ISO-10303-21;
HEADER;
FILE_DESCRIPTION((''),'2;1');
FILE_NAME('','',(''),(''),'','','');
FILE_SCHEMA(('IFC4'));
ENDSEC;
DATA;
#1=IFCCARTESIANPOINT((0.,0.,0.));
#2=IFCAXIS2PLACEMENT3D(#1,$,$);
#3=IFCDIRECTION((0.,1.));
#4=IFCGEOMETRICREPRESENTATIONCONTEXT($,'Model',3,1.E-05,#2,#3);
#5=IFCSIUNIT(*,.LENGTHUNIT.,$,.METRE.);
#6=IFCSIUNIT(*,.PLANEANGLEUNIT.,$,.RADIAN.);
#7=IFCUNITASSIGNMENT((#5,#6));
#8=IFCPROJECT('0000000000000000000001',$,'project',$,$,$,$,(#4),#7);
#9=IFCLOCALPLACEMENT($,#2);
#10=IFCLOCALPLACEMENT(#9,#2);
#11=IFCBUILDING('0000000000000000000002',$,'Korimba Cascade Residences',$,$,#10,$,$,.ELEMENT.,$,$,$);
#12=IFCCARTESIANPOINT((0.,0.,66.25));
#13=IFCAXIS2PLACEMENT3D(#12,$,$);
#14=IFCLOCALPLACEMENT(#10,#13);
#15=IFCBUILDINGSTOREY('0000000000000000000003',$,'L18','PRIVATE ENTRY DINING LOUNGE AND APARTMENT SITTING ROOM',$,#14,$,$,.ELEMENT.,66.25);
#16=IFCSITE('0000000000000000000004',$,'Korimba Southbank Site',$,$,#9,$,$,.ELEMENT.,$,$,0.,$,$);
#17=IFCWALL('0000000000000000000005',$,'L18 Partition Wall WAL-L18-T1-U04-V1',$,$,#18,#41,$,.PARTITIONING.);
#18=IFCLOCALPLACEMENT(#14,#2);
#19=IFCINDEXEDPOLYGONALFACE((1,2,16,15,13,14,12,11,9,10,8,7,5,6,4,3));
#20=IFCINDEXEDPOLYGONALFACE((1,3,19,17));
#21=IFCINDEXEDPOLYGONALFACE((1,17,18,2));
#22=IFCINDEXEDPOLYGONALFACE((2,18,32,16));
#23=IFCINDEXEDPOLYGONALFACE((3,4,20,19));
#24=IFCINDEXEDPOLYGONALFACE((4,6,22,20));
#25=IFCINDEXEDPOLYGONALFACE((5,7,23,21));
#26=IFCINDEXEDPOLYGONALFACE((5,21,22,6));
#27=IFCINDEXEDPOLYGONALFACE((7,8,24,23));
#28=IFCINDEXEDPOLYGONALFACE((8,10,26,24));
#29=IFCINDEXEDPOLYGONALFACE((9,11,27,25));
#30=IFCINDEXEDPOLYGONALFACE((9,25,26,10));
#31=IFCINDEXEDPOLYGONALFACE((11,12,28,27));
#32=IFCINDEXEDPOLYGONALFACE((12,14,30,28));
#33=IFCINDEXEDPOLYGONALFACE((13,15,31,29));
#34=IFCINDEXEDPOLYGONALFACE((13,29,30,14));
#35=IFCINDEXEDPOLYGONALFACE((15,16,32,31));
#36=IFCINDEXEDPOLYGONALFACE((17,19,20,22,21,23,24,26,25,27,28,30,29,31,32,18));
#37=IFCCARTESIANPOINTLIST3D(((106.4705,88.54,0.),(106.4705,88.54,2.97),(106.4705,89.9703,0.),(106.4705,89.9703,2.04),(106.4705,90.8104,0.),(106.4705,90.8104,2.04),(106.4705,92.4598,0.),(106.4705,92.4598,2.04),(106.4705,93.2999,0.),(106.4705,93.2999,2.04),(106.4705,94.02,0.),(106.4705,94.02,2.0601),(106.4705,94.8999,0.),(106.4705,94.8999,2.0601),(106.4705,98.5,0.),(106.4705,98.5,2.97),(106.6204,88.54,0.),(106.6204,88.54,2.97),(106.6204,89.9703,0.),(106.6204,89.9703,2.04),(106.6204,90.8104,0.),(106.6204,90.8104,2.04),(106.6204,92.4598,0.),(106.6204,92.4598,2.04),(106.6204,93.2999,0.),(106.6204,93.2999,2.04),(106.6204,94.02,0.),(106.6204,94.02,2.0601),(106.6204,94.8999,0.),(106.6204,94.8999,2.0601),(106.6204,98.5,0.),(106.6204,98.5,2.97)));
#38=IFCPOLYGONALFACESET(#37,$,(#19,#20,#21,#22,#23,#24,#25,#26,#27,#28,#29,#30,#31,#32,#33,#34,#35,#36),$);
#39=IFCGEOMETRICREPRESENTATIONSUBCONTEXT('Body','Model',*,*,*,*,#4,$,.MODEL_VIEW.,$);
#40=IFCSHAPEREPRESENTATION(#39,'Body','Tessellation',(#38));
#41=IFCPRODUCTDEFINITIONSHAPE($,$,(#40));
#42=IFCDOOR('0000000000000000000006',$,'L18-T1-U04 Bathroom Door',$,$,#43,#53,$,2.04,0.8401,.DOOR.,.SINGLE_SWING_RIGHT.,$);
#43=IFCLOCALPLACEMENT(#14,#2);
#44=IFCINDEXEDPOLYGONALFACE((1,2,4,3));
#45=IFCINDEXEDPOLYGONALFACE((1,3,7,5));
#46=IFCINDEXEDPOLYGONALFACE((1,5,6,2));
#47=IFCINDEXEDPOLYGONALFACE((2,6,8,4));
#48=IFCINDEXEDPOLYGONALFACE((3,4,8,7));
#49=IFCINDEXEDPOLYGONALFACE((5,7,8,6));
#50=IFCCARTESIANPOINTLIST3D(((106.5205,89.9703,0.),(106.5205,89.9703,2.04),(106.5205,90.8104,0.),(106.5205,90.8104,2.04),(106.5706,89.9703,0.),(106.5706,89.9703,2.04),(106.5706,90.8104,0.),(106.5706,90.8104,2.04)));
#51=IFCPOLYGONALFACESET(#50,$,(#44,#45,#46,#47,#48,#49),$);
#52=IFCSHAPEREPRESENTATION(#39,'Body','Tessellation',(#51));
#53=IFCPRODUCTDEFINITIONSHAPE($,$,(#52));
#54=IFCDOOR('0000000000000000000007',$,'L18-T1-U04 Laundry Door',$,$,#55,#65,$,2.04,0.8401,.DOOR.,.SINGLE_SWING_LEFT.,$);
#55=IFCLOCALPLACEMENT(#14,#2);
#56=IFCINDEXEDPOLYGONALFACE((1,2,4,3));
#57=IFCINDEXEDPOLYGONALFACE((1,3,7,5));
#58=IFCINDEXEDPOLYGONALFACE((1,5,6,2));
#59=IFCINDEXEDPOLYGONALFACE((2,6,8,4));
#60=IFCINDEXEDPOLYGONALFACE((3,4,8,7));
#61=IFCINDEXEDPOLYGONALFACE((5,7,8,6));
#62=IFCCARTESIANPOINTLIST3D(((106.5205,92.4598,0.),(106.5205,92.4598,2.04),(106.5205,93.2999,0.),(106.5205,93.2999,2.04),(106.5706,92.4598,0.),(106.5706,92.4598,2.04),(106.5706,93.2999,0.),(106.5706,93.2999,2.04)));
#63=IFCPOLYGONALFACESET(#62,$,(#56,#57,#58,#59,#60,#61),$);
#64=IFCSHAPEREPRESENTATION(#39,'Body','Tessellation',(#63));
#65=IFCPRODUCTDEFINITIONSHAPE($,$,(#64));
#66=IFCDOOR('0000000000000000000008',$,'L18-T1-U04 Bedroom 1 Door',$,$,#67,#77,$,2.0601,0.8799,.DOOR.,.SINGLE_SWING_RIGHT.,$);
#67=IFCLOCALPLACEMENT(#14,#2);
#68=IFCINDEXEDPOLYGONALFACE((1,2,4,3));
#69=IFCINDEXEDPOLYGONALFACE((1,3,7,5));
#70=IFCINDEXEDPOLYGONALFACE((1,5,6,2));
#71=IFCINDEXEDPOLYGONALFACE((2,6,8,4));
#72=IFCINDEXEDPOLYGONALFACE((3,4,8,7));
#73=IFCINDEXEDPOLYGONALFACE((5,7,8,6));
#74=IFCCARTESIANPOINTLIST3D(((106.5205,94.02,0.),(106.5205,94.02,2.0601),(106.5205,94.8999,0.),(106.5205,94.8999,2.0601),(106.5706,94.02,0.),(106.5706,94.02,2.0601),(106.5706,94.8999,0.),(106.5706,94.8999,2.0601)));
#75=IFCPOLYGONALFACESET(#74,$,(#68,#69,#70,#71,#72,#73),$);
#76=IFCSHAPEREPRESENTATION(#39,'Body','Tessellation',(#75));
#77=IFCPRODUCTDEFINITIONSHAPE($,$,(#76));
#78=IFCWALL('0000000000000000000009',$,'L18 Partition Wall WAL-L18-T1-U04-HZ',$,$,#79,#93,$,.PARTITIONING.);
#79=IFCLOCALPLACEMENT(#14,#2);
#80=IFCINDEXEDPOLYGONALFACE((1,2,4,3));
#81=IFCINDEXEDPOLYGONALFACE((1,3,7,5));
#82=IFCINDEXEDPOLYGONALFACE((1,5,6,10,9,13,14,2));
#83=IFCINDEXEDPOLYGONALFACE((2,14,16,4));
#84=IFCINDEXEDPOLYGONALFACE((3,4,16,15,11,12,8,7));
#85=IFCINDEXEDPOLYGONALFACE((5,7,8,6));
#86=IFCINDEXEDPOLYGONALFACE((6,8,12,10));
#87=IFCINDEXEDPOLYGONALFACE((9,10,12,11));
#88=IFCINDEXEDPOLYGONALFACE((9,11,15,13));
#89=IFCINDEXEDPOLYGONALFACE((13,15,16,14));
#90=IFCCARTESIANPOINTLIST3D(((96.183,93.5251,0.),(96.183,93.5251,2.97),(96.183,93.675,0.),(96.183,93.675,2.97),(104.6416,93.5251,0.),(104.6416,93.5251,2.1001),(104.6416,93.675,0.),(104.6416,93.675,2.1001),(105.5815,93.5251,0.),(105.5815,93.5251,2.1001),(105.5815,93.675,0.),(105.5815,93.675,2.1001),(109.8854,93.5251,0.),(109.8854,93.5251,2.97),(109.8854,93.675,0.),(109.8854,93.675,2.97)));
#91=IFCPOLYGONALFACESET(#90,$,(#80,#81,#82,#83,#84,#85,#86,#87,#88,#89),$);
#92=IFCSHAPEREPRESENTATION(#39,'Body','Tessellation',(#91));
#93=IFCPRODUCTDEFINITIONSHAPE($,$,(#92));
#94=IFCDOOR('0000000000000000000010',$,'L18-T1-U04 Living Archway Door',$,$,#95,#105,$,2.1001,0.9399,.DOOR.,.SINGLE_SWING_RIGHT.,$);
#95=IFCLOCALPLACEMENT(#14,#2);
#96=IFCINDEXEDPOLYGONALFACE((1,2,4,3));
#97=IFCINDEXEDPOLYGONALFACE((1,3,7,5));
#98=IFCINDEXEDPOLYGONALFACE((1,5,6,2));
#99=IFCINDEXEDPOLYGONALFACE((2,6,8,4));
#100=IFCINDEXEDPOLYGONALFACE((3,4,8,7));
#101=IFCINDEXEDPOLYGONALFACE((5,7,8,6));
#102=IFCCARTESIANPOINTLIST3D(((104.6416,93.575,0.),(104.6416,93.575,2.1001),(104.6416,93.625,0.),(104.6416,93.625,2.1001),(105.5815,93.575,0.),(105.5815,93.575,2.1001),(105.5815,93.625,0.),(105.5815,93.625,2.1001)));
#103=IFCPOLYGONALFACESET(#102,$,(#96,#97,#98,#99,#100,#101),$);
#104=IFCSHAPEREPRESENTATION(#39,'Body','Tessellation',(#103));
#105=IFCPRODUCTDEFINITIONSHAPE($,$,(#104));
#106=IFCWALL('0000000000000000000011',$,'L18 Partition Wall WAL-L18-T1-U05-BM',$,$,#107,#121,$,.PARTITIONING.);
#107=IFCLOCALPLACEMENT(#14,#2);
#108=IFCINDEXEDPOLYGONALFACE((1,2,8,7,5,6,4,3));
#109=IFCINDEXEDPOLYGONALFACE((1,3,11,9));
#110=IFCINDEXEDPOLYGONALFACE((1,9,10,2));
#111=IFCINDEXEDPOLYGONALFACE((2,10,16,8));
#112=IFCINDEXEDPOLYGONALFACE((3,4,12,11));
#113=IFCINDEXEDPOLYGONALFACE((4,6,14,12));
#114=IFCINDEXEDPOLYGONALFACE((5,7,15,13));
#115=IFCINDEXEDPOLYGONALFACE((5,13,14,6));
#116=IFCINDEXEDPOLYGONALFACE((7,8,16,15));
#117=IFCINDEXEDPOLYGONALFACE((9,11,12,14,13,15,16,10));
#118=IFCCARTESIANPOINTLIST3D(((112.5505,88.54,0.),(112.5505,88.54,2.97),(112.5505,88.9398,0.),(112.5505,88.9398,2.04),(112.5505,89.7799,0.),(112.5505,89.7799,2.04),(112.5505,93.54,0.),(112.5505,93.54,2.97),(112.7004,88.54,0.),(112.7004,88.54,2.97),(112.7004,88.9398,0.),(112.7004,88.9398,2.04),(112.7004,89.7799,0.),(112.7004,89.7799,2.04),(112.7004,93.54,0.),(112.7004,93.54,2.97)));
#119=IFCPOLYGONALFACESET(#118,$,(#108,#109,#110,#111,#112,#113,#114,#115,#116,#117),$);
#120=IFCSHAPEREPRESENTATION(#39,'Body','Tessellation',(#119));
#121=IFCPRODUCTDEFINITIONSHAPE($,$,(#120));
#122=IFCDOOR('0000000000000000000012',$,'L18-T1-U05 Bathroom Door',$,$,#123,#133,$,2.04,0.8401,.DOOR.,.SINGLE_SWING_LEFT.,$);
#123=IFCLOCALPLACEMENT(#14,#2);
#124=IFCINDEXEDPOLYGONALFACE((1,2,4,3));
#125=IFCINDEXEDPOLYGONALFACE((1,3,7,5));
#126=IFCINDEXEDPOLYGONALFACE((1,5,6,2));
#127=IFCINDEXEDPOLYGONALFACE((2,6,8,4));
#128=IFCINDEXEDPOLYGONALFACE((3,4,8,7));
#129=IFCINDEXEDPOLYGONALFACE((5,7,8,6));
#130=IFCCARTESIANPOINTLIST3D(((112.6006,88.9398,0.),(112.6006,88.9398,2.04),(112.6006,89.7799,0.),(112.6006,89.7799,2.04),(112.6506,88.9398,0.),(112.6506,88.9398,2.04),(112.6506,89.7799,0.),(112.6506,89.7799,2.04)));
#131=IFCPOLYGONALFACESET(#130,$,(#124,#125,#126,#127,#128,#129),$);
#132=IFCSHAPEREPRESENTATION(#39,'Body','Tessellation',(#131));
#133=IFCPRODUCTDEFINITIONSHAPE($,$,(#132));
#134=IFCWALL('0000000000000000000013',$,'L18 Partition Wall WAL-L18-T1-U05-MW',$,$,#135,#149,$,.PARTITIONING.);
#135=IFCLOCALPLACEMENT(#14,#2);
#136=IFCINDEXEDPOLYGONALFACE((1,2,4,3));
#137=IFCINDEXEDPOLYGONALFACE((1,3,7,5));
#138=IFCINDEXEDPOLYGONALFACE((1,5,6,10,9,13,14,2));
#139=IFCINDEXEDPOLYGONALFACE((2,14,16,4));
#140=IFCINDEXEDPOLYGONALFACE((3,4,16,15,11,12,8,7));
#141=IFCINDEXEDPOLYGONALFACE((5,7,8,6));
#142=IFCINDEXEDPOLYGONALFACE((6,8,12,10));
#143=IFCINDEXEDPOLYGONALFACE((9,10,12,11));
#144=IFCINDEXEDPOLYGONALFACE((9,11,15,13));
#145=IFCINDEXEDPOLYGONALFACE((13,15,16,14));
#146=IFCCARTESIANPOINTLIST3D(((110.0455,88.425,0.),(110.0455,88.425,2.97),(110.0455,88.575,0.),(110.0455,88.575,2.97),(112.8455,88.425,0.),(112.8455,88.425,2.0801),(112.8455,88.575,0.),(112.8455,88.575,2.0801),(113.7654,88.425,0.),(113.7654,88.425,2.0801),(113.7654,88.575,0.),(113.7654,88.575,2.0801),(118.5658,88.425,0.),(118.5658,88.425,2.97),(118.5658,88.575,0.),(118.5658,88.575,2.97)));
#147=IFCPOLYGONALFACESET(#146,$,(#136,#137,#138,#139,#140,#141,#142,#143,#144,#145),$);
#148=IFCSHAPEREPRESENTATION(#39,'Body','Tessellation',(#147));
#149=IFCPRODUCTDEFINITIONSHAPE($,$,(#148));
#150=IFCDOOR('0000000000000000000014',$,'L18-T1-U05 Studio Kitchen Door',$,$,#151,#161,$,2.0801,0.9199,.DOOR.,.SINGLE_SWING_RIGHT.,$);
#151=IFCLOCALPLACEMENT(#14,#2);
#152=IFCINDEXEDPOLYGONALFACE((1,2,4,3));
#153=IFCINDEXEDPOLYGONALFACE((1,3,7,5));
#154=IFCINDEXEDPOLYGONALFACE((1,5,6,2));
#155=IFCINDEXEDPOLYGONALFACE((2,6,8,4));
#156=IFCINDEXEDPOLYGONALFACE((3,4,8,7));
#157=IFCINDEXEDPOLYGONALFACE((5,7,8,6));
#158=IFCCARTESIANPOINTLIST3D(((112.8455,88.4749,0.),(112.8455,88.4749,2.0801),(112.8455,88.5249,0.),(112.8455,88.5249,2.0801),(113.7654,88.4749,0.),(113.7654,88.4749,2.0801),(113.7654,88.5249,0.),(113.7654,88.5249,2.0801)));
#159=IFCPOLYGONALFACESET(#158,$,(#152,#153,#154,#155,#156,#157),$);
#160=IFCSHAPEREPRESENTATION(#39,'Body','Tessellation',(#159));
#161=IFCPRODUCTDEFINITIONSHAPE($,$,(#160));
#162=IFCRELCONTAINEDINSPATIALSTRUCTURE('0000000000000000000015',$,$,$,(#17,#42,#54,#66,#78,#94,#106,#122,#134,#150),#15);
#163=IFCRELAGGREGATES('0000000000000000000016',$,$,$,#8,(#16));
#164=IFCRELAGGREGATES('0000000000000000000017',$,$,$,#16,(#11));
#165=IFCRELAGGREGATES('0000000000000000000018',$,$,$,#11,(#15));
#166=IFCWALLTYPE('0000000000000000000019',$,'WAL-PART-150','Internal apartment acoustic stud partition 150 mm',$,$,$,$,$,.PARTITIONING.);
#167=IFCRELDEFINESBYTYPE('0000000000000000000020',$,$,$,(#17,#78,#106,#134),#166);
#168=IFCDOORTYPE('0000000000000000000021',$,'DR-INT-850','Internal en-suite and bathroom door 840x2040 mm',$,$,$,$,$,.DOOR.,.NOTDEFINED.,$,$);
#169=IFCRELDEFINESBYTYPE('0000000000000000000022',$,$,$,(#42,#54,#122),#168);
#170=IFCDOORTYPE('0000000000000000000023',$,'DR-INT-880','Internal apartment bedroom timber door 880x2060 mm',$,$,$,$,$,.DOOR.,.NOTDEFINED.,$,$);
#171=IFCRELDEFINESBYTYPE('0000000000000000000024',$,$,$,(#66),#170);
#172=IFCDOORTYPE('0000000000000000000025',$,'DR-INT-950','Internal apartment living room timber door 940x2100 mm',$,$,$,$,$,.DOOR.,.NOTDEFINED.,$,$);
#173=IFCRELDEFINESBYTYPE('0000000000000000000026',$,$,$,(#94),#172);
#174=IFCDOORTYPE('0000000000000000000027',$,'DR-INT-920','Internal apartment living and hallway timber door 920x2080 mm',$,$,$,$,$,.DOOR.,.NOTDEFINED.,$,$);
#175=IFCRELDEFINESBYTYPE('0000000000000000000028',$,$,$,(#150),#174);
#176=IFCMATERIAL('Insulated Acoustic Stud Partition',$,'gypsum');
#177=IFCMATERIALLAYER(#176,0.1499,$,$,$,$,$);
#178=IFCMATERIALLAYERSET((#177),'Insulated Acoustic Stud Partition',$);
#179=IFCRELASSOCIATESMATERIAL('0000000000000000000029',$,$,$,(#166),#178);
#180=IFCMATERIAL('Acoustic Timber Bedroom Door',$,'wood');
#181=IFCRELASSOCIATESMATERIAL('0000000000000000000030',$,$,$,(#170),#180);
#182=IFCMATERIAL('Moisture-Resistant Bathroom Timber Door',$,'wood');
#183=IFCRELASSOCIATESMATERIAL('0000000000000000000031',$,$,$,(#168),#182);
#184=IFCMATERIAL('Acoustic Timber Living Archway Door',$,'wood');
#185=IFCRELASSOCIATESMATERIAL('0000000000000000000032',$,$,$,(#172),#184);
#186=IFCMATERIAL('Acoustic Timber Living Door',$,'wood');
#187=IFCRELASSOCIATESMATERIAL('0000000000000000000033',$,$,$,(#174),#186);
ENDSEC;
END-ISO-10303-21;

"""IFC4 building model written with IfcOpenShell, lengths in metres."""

from ifc_helpers import new_model, si_unit, direction, frame, frame_2d, origin, place, context, subcontext, project, spatial, rectangle, extrude, material, layer, layer_set, type_object, element, fill, save


model = new_model("IFC4")

# Units and contexts
model_context = context("Model", 3, precision=1e-05, world=origin(), true_north=direction((0.0, 1.0)))
body_context = subcontext(model_context, "Body", "Model", "MODEL_VIEW")
ifc_project = project(units=[si_unit("LENGTHUNIT", "METRE"), si_unit("PLANEANGLEUNIT", "RADIAN")], contexts=[model_context])

# Site, building, storey
site_placement = place(None, origin())
site = spatial("IfcSite", under=ifc_project, at=site_placement, Name="Korimba Southbank Site", CompositionType="ELEMENT", RefElevation=0.0)
building_placement = place(site_placement, origin())
building = spatial("IfcBuilding", under=site, at=building_placement, Name="Korimba Cascade Residences", CompositionType="ELEMENT")
storey_placement = place(building_placement, frame((0.0, 0.0, 66.25)))
storey = spatial("IfcBuildingStorey", under=building, at=storey_placement, Name="L18", Description="PRIVATE ENTRY DINING LOUNGE AND APARTMENT SITTING ROOM", CompositionType="ELEMENT", Elevation=66.25)

# Shared definitions
ifc_material_1 = material(Name="Insulated Acoustic Stud Partition", Category="gypsum")
ifc_layer = layer(ifc_material_1, 0.1499)
ifc_layer_set = layer_set([ifc_layer], Name="Insulated Acoustic Stud Partition")
wall_type = type_object("IfcWallType", Name="WAL-PART-150", Description="Internal apartment acoustic stud partition 150 mm", PredefinedType="PARTITIONING", material=ifc_layer_set)
ifc_material_2 = material(Name="Acoustic Timber Bedroom Door", Category="wood")
door_type_1 = type_object("IfcDoorType", Name="DR-INT-880", Description="Internal apartment bedroom timber door 880x2060 mm", OperationType="NOTDEFINED", PredefinedType="DOOR", material=ifc_material_2)

# Wall, openings, doors
wall_1_placement = place(storey_placement, frame((106.5454, 88.54, 0.0), z_axis=(0.0, 0.0, 1.0), x_axis=(0.0, 1.0, 0.0)))
wall_1 = element("IfcWall", 1, at=wall_1_placement, inside=storey, type_object=wall_type, Name="L18 Partition Wall WAL-L18-T1-U04-V1", PredefinedType="PARTITIONING", context=body_context, shape_type="SweptSolid", body=[
    extrude(rectangle(XDim=9.96, YDim=0.1499, at=frame_2d((4.98, 0.0))), origin(), (0.0, 0.0, 1.0), 2.97),
])
opening_1_placement = place(wall_1_placement, frame((1.4304, 0.0, 0.0)))
opening_1 = element("IfcOpeningElement", 2, at=opening_1_placement, cuts=wall_1, PredefinedType="OPENING", context=body_context, shape_type="SweptSolid", body=[
    extrude(rectangle(XDim=0.8401, YDim=2.04, at=frame_2d((0.4199, 1.02))), frame((0.0, 0.085, 0.0), z_axis=(0.0, -1.0, 0.0), x_axis=(1.0, 0.0, 0.0)), (0.0, 0.0, 1.0), 0.1699),
])
opening_2_placement = place(wall_1_placement, frame((3.9199, 0.0, 0.0)))
opening_2 = element("IfcOpeningElement", 3, at=opening_2_placement, cuts=wall_1, PredefinedType="OPENING", context=body_context, shape_type="SweptSolid", body=[
    extrude(rectangle(XDim=0.8401, YDim=2.04, at=frame_2d((0.4199, 1.02))), frame((0.0, 0.085, 0.0), z_axis=(0.0, -1.0, 0.0), x_axis=(1.0, 0.0, 0.0)), (0.0, 0.0, 1.0), 0.1699),
])
opening_3_placement = place(wall_1_placement, frame((5.48, 0.0, 0.0)))
opening_3 = element("IfcOpeningElement", 4, at=opening_3_placement, cuts=wall_1, PredefinedType="OPENING", context=body_context, shape_type="SweptSolid", body=[
    extrude(rectangle(XDim=0.8799, YDim=2.0601, at=frame_2d((0.4399, 1.03))), frame((0.0, 0.085, 0.0), z_axis=(0.0, -1.0, 0.0), x_axis=(1.0, 0.0, 0.0)), (0.0, 0.0, 1.0), 0.1699),
])
ifc_material_3 = material(Name="Moisture-Resistant Bathroom Timber Door", Category="wood")
door_type_2 = type_object("IfcDoorType", Name="DR-INT-850", Description="Internal en-suite and bathroom door 840x2040 mm", OperationType="NOTDEFINED", PredefinedType="DOOR", material=ifc_material_3)
door_1_placement = place(opening_1_placement, origin())
door_1 = element("IfcDoor", 5, at=door_1_placement, inside=storey, type_object=door_type_2, Name="L18-T1-U04 Bathroom Door", OperationType="SINGLE_SWING_RIGHT", OverallHeight=2.04, OverallWidth=0.8401, PredefinedType="DOOR", context=body_context, shape_type="SweptSolid", body=[
    extrude(rectangle(XDim=0.8401, YDim=2.04, at=frame_2d((0.4199, 1.02))), frame((0.0, 0.0249, 0.0), z_axis=(0.0, -1.0, 0.0), x_axis=(1.0, 0.0, 0.0)), (0.0, 0.0, 1.0), 0.05),
])
fill(opening_1, door_1)
door_2_placement = place(opening_2_placement, origin())
door_2 = element("IfcDoor", 6, at=door_2_placement, inside=storey, type_object=door_type_2, Name="L18-T1-U04 Laundry Door", OperationType="SINGLE_SWING_LEFT", OverallHeight=2.04, OverallWidth=0.8401, PredefinedType="DOOR", context=body_context, shape_type="SweptSolid", body=[
    extrude(rectangle(XDim=0.8401, YDim=2.04, at=frame_2d((0.4199, 1.02))), frame((0.0, 0.0249, 0.0), z_axis=(0.0, -1.0, 0.0), x_axis=(1.0, 0.0, 0.0)), (0.0, 0.0, 1.0), 0.05),
])
fill(opening_2, door_2)
door_3_placement = place(opening_3_placement, origin())
door_3 = element("IfcDoor", 7, at=door_3_placement, inside=storey, type_object=door_type_1, Name="L18-T1-U04 Bedroom 1 Door", OperationType="SINGLE_SWING_RIGHT", OverallHeight=2.0601, OverallWidth=0.8799, PredefinedType="DOOR", context=body_context, shape_type="SweptSolid", body=[
    extrude(rectangle(XDim=0.8799, YDim=2.0601, at=frame_2d((0.4399, 1.03))), frame((0.0, 0.0249, 0.0), z_axis=(0.0, -1.0, 0.0), x_axis=(1.0, 0.0, 0.0)), (0.0, 0.0, 1.0), 0.05),
])
fill(opening_3, door_3)

# Walls, openings, doors
wall_2_placement = place(storey_placement, frame((96.1831, 93.6001, 0.0), z_axis=(0.0, 0.0, 1.0), x_axis=(1.0, 0.0, 0.0)))
wall_2 = element("IfcWall", 8, at=wall_2_placement, inside=storey, type_object=wall_type, Name="L18 Partition Wall WAL-L18-T1-U04-HZ", PredefinedType="PARTITIONING", context=body_context, shape_type="SweptSolid", body=[
    extrude(rectangle(XDim=13.7024, YDim=0.1499, at=frame_2d((6.8511, 0.0))), origin(), (0.0, 0.0, 1.0), 2.97),
])
opening_4_placement = place(wall_2_placement, frame((8.4585, 0.0, 0.0)))
opening_4 = element("IfcOpeningElement", 9, at=opening_4_placement, cuts=wall_2, PredefinedType="OPENING", context=body_context, shape_type="SweptSolid", body=[
    extrude(rectangle(XDim=0.9399, YDim=2.1001, at=frame_2d((0.47, 1.05))), frame((0.0, 0.085, 0.0), z_axis=(0.0, -1.0, 0.0), x_axis=(1.0, 0.0, 0.0)), (0.0, 0.0, 1.0), 0.1699),
])
ifc_material_4 = material(Name="Acoustic Timber Living Archway Door", Category="wood")
door_type_3 = type_object("IfcDoorType", Name="DR-INT-950", Description="Internal apartment living room timber door 940x2100 mm", OperationType="NOTDEFINED", PredefinedType="DOOR", material=ifc_material_4)
door_4_placement = place(opening_4_placement, origin())
door_4 = element("IfcDoor", 10, at=door_4_placement, inside=storey, type_object=door_type_3, Name="L18-T1-U04 Living Archway Door", OperationType="SINGLE_SWING_RIGHT", OverallHeight=2.1001, OverallWidth=0.9399, PredefinedType="DOOR", context=body_context, shape_type="SweptSolid", body=[
    extrude(rectangle(XDim=0.9399, YDim=2.1001, at=frame_2d((0.47, 1.05))), frame((0.0, 0.0249, 0.0), z_axis=(0.0, -1.0, 0.0), x_axis=(1.0, 0.0, 0.0)), (0.0, 0.0, 1.0), 0.05),
])
fill(opening_4, door_4)
wall_3_placement = place(storey_placement, frame((112.6255, 88.54, 0.0), z_axis=(0.0, 0.0, 1.0), x_axis=(0.0, 1.0, 0.0)))
wall_3 = element("IfcWall", 11, at=wall_3_placement, inside=storey, type_object=wall_type, Name="L18 Partition Wall WAL-L18-T1-U05-BM", PredefinedType="PARTITIONING", context=body_context, shape_type="SweptSolid", body=[
    extrude(rectangle(XDim=5.0, YDim=0.1499, at=frame_2d((2.5, 0.0))), origin(), (0.0, 0.0, 1.0), 2.97),
])
opening_5_placement = place(wall_3_placement, frame((0.3999, 0.0, 0.0)))
opening_5 = element("IfcOpeningElement", 12, at=opening_5_placement, cuts=wall_3, PredefinedType="OPENING", context=body_context, shape_type="SweptSolid", body=[
    extrude(rectangle(XDim=0.8401, YDim=2.04, at=frame_2d((0.4199, 1.02))), frame((0.0, 0.085, 0.0), z_axis=(0.0, -1.0, 0.0), x_axis=(1.0, 0.0, 0.0)), (0.0, 0.0, 1.0), 0.1699),
])
door_5_placement = place(opening_5_placement, origin())
door_5 = element("IfcDoor", 13, at=door_5_placement, inside=storey, type_object=door_type_2, Name="L18-T1-U05 Bathroom Door", OperationType="SINGLE_SWING_LEFT", OverallHeight=2.04, OverallWidth=0.8401, PredefinedType="DOOR", context=body_context, shape_type="SweptSolid", body=[
    extrude(rectangle(XDim=0.8401, YDim=2.04, at=frame_2d((0.4199, 1.02))), frame((0.0, 0.0249, 0.0), z_axis=(0.0, -1.0, 0.0), x_axis=(1.0, 0.0, 0.0)), (0.0, 0.0, 1.0), 0.05),
])
fill(opening_5, door_5)
wall_4_placement = place(storey_placement, frame((110.0454, 88.5, 0.0), z_axis=(0.0, 0.0, 1.0), x_axis=(1.0, 0.0, 0.0)))
wall_4 = element("IfcWall", 14, at=wall_4_placement, inside=storey, type_object=wall_type, Name="L18 Partition Wall WAL-L18-T1-U05-MW", PredefinedType="PARTITIONING", context=body_context, shape_type="SweptSolid", body=[
    extrude(rectangle(XDim=8.5203, YDim=0.1499, at=frame_2d((4.2603, 0.0))), origin(), (0.0, 0.0, 1.0), 2.97),
])
opening_6_placement = place(wall_4_placement, frame((2.8, 0.0, 0.0)))
opening_6 = element("IfcOpeningElement", 15, at=opening_6_placement, cuts=wall_4, PredefinedType="OPENING", context=body_context, shape_type="SweptSolid", body=[
    extrude(rectangle(XDim=0.9199, YDim=2.0801, at=frame_2d((0.46, 1.04))), frame((0.0, 0.085, 0.0), z_axis=(0.0, -1.0, 0.0), x_axis=(1.0, 0.0, 0.0)), (0.0, 0.0, 1.0), 0.1699),
])
ifc_material_5 = material(Name="Acoustic Timber Living Door", Category="wood")
door_type_4 = type_object("IfcDoorType", Name="DR-INT-920", Description="Internal apartment living and hallway timber door 920x2080 mm", OperationType="NOTDEFINED", PredefinedType="DOOR", material=ifc_material_5)
door_6_placement = place(opening_6_placement, origin())
door_6 = element("IfcDoor", 16, at=door_6_placement, inside=storey, type_object=door_type_4, Name="L18-T1-U05 Studio Kitchen Door", OperationType="SINGLE_SWING_RIGHT", OverallHeight=2.0801, OverallWidth=0.9199, PredefinedType="DOOR", context=body_context, shape_type="SweptSolid", body=[
    extrude(rectangle(XDim=0.9199, YDim=2.0801, at=frame_2d((0.46, 1.04))), frame((0.0, 0.0249, 0.0), z_axis=(0.0, -1.0, 0.0), x_axis=(1.0, 0.0, 0.0)), (0.0, 0.0, 1.0), 0.05),
])
fill(opening_6, door_6)

save(model, "model.ifc")
